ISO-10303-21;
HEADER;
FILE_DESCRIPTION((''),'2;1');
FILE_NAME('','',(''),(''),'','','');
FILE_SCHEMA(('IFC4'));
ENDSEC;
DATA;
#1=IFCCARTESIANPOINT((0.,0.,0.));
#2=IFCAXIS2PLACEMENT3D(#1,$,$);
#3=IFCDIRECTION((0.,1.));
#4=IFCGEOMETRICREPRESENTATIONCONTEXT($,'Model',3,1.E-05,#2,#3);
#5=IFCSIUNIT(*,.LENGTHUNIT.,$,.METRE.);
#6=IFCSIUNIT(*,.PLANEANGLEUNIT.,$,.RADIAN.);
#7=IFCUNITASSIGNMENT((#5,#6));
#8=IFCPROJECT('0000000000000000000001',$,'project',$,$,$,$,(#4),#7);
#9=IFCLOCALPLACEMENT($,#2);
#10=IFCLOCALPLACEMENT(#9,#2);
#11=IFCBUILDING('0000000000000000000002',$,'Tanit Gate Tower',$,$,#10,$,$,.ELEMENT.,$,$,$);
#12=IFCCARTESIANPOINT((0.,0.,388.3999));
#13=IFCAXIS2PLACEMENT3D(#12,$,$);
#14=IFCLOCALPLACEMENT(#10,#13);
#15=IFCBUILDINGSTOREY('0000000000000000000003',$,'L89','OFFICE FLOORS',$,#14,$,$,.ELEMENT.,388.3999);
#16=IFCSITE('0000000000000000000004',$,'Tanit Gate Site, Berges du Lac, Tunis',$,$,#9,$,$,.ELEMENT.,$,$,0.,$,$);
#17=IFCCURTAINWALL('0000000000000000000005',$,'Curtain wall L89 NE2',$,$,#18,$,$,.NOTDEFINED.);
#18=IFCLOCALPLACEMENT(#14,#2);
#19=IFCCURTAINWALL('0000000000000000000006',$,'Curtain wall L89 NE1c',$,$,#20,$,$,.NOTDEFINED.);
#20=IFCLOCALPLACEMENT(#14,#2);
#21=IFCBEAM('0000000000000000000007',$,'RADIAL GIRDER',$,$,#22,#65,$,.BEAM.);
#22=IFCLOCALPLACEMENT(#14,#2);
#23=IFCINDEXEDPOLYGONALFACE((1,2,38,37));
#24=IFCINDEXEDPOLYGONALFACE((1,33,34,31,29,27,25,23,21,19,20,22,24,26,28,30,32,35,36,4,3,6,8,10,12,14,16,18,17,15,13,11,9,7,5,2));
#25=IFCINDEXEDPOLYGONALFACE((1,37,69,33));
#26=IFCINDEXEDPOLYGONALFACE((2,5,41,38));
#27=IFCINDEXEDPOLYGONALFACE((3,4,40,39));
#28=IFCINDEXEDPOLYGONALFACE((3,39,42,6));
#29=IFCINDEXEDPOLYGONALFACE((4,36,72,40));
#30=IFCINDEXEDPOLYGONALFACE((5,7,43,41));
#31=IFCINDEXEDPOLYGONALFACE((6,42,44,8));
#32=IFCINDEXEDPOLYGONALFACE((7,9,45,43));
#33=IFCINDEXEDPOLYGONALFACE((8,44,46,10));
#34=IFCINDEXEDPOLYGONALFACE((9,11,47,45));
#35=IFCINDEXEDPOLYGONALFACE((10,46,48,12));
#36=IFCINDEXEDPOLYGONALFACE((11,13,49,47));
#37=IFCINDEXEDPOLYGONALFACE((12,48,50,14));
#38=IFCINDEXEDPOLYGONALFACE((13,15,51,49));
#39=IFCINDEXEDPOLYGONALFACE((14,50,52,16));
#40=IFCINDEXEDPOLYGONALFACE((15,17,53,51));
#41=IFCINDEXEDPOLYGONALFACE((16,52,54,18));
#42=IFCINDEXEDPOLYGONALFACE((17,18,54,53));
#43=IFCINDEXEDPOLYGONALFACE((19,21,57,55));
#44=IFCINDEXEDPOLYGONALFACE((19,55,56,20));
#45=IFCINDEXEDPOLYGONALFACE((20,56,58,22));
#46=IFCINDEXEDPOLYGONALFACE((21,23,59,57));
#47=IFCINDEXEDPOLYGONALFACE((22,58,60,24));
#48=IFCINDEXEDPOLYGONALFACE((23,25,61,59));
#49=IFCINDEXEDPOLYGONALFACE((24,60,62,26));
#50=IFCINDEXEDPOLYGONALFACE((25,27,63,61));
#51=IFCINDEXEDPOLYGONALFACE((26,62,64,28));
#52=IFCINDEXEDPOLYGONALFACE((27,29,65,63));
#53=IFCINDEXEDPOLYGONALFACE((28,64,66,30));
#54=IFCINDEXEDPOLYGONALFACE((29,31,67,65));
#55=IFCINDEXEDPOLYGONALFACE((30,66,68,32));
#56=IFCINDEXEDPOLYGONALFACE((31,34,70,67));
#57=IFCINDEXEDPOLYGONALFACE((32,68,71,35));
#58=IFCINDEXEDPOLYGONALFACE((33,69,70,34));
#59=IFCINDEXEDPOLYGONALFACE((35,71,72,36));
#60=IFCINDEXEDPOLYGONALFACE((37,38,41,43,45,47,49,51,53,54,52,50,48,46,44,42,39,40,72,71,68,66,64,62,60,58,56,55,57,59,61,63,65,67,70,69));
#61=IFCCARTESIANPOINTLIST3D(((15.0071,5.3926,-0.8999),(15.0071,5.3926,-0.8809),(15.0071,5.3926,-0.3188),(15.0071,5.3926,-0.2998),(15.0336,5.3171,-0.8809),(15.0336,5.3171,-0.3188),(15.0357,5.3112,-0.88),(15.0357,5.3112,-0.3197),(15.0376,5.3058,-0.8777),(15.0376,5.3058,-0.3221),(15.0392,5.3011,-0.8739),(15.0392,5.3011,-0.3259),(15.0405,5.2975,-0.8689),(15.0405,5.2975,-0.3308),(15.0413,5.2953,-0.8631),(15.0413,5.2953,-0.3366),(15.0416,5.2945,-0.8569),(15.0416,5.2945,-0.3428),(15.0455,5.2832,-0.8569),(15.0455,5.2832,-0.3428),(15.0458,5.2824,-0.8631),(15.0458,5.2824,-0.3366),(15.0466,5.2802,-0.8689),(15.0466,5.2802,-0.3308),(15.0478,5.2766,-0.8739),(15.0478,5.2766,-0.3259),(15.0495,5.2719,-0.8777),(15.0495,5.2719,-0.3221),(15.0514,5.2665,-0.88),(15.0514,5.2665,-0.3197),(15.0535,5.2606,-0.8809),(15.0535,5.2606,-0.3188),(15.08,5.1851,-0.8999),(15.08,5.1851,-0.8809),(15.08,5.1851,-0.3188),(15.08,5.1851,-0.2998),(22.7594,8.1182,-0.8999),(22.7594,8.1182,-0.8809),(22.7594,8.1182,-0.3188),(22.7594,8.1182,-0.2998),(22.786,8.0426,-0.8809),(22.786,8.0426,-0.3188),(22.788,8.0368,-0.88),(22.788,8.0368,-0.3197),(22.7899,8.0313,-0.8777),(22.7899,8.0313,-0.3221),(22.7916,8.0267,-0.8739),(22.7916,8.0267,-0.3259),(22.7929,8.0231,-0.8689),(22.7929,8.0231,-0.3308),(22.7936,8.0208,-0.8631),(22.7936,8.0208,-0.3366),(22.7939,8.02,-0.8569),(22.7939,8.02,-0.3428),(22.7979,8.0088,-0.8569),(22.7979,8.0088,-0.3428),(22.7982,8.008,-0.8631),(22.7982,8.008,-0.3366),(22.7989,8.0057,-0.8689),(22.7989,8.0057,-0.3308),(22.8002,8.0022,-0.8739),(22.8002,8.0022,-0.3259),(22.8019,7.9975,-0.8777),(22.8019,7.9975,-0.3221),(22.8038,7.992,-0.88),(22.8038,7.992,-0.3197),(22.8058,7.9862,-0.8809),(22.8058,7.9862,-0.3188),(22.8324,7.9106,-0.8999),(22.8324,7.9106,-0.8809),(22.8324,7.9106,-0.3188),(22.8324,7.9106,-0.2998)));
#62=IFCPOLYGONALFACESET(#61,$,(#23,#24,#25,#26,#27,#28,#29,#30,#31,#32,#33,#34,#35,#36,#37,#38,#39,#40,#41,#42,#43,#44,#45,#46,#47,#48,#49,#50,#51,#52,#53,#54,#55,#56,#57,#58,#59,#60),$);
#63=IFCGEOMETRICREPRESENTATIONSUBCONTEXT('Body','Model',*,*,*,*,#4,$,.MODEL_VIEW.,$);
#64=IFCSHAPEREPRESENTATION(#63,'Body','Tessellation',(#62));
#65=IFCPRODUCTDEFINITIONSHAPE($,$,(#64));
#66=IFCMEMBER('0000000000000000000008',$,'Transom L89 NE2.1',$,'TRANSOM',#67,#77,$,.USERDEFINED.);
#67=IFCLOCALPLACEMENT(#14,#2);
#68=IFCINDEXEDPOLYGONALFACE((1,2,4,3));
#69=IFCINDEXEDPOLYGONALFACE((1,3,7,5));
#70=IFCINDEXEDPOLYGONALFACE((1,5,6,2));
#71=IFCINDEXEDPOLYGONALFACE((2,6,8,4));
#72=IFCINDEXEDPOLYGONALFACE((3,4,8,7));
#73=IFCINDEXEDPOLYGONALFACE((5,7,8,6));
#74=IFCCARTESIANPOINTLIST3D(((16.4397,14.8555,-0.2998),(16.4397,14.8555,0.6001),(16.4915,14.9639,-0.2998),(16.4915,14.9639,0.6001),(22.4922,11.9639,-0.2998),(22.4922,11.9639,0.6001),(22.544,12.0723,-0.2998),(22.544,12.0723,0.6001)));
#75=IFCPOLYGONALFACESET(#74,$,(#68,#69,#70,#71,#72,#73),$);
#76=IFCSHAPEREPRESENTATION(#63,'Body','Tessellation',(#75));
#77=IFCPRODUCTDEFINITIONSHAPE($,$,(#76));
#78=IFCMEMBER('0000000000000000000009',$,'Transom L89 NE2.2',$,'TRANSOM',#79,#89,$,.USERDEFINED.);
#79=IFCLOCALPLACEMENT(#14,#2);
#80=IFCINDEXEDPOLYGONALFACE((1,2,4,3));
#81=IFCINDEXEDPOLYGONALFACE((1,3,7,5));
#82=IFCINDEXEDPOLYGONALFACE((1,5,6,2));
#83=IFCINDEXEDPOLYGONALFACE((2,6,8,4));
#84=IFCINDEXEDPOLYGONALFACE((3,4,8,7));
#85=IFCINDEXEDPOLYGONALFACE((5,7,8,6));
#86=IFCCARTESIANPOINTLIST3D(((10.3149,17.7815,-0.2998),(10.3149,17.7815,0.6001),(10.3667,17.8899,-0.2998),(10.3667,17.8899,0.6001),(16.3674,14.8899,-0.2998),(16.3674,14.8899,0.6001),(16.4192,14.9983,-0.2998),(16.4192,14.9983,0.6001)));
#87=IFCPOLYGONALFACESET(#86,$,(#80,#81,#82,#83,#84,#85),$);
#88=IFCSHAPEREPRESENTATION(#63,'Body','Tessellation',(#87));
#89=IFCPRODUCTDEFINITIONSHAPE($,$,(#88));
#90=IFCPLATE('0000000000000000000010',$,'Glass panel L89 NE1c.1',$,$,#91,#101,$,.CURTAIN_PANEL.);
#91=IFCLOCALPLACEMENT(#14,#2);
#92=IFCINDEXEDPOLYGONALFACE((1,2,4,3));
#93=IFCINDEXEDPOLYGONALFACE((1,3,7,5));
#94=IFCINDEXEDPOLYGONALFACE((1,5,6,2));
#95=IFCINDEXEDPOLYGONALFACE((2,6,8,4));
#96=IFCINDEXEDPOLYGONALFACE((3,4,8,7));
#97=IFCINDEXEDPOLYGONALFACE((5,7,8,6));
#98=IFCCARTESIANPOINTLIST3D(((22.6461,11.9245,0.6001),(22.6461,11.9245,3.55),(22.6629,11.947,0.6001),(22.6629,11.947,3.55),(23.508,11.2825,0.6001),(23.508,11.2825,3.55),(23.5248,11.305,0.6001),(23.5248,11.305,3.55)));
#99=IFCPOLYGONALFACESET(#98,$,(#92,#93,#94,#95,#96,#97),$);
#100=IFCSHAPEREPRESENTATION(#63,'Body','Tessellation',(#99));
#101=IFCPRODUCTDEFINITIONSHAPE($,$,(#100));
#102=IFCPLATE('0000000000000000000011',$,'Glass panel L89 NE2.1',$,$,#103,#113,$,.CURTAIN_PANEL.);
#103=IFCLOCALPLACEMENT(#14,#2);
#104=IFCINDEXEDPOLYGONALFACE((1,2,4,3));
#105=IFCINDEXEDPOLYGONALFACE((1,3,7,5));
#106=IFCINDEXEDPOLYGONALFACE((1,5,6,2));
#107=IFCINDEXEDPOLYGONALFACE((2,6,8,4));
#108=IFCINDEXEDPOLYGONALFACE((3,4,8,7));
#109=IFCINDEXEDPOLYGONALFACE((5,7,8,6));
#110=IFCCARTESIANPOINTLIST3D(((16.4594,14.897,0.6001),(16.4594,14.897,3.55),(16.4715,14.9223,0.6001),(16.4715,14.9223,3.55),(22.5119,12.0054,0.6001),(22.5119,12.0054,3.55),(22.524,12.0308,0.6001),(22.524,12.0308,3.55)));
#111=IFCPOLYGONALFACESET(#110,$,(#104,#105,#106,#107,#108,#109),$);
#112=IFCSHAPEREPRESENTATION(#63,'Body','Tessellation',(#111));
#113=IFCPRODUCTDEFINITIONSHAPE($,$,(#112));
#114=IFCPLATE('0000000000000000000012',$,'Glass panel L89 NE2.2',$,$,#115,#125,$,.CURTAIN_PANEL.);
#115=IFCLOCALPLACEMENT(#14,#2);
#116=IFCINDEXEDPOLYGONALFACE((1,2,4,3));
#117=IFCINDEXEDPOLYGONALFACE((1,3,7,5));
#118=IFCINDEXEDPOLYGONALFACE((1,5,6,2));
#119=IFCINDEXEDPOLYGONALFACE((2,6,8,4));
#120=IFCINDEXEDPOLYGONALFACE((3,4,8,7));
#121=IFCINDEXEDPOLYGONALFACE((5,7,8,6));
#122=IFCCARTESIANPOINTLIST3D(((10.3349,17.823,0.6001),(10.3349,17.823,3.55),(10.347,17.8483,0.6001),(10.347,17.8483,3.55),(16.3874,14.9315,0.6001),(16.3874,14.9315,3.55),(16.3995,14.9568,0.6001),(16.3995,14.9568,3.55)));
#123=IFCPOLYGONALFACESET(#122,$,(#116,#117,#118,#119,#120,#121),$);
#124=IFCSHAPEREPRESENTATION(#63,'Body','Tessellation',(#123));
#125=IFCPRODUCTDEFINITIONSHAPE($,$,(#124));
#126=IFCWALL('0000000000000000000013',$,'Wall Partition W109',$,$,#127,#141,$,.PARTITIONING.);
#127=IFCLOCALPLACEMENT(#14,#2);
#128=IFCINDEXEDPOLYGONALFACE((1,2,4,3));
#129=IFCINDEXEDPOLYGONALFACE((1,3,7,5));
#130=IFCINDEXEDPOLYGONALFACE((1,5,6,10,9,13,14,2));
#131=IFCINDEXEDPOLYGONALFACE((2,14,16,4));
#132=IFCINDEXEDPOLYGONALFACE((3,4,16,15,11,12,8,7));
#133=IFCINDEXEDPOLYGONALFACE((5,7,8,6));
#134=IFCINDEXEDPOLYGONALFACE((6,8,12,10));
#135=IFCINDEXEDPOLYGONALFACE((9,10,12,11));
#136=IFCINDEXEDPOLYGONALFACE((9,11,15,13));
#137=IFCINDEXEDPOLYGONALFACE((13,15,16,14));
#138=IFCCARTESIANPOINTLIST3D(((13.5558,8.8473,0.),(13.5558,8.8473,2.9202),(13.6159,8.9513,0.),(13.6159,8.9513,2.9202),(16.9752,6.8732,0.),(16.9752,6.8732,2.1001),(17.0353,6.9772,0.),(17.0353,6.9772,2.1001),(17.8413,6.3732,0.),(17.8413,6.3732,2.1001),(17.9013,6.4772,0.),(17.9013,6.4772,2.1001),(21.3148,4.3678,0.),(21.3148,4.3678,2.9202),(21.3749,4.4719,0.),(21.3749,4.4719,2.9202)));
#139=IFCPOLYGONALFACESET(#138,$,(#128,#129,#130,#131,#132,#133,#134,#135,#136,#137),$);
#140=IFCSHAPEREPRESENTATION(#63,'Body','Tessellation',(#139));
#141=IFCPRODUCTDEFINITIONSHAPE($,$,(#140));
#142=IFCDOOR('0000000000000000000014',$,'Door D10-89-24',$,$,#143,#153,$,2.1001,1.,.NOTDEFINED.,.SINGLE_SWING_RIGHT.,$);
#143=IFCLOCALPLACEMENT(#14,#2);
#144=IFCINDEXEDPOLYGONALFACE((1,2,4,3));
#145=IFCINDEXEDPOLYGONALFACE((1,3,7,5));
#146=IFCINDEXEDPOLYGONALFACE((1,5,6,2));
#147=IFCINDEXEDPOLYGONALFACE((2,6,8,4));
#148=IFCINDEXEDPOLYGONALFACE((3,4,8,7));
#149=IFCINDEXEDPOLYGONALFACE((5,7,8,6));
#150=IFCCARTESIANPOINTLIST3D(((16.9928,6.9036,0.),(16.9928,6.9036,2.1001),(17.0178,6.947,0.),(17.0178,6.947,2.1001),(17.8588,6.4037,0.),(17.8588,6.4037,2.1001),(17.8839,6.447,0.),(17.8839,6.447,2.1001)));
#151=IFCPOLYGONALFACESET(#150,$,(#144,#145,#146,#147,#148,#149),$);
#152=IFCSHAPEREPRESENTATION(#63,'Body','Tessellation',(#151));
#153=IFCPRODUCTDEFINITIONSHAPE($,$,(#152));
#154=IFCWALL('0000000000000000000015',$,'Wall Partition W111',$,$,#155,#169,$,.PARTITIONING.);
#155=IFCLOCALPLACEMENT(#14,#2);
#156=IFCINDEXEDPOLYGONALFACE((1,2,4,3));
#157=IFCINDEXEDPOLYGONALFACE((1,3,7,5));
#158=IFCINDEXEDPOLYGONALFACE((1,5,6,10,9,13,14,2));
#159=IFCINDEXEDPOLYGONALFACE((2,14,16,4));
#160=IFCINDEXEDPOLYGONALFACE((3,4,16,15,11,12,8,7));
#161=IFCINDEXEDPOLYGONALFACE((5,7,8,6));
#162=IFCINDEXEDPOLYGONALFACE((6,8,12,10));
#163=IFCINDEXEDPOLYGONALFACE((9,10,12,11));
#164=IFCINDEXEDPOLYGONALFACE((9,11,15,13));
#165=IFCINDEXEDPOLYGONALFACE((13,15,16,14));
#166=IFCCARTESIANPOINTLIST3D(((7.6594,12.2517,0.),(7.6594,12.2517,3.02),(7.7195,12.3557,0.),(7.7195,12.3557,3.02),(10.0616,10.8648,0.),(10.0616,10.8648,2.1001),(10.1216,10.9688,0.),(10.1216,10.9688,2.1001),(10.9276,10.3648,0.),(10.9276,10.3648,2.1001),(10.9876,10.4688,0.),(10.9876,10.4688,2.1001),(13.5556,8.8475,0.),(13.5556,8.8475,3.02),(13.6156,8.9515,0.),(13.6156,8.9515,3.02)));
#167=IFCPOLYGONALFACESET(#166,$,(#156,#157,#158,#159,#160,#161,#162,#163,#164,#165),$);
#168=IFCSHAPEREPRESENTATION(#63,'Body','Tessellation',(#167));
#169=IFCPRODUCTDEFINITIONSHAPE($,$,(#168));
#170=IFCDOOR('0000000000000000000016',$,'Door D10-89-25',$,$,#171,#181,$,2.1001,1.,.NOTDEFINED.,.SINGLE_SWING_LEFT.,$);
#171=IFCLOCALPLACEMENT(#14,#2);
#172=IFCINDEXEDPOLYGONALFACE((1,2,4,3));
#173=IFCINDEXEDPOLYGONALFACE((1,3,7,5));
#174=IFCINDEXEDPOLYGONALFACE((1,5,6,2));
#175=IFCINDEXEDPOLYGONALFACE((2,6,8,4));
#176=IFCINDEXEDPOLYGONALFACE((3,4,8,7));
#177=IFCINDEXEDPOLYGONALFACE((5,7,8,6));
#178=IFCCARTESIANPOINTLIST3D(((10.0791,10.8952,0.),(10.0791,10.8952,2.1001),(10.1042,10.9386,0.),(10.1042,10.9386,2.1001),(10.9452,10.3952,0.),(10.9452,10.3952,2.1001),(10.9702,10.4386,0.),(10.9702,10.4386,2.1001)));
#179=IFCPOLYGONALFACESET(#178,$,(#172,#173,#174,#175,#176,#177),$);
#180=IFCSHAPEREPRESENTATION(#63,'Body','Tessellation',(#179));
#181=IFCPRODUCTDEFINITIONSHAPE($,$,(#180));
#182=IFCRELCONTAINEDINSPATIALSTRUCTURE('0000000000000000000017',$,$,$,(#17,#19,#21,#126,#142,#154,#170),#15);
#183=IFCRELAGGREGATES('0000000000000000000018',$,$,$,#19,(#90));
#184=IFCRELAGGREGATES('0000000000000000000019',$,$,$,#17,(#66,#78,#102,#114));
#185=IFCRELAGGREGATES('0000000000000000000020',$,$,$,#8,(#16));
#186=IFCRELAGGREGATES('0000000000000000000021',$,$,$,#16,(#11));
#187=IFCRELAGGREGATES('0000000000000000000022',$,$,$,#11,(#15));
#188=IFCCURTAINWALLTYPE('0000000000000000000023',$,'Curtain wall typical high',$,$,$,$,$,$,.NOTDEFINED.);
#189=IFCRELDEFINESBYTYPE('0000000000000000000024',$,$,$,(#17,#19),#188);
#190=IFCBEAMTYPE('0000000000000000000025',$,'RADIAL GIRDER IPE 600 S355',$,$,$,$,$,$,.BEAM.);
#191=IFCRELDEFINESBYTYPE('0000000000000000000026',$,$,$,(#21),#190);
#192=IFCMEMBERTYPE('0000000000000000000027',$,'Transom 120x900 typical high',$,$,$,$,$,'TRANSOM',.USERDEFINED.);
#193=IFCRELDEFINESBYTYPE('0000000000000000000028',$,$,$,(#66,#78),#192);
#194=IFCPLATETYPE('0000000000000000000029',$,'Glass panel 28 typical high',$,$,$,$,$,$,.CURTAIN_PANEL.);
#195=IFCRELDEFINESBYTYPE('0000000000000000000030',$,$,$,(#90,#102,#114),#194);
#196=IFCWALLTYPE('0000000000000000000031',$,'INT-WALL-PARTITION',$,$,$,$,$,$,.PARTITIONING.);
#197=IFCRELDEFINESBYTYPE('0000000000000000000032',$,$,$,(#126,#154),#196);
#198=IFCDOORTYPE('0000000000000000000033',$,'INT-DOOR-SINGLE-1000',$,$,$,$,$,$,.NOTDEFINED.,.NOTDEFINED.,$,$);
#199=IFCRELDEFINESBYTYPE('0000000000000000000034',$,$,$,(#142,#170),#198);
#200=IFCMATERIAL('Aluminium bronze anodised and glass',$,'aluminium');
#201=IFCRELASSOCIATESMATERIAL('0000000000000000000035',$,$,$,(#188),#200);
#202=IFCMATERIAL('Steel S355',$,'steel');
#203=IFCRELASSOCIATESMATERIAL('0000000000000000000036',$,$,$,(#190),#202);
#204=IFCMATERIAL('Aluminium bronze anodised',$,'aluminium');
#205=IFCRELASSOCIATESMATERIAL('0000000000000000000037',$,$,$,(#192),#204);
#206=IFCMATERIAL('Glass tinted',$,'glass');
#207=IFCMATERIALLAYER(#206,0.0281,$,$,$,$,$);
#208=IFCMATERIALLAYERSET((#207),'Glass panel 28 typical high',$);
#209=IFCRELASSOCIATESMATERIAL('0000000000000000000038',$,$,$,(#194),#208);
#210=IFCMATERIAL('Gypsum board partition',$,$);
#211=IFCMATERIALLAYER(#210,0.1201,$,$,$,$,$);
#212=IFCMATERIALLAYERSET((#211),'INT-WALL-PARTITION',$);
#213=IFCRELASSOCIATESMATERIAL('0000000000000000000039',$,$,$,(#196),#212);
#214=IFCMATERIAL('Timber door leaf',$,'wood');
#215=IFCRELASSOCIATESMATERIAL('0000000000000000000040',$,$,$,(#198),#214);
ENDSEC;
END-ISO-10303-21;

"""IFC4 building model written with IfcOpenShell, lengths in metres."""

from ifc_helpers import new_model, si_unit, direction, frame, frame_2d, origin, origin_2d, place, context, subcontext, project, spatial, rectangle, i_section, extrude, material, layer, layer_set, material_profile, profile_set, type_object, element, fill, aggregate, save


model = new_model("IFC4")

# Units and contexts
model_context = context("Model", 3, precision=1e-05, world=origin(), true_north=direction((0.0, 1.0)))
body_context = subcontext(model_context, "Body", "Model", "MODEL_VIEW")
ifc_project = project(units=[si_unit("LENGTHUNIT", "METRE"), si_unit("PLANEANGLEUNIT", "RADIAN")], contexts=[model_context])

# Site, building, storey
site_placement = place(None, origin())
site = spatial("IfcSite", under=ifc_project, at=site_placement, Name="Tanit Gate Site, Berges du Lac, Tunis", CompositionType="ELEMENT", RefElevation=0.0)
building_placement = place(site_placement, origin())
building = spatial("IfcBuilding", under=site, at=building_placement, Name="Tanit Gate Tower", CompositionType="ELEMENT")
storey_placement = place(building_placement, frame((0.0, 0.0, 388.3999)))
storey = spatial("IfcBuildingStorey", under=building, at=storey_placement, Name="L89", Description="OFFICE FLOORS", CompositionType="ELEMENT", Elevation=388.3999)

# Curtain wall
ifc_material_1 = material(Name="Aluminium bronze anodised and glass", Category="aluminium")
curtain_wall_type = type_object("IfcCurtainWallType", Name="Curtain wall typical high", PredefinedType="NOTDEFINED", material=ifc_material_1)
curtain_wall_1_placement = place(storey_placement, origin())
curtain_wall_1 = element("IfcCurtainWall", 1, at=curtain_wall_1_placement, inside=storey, type_object=curtain_wall_type, Name="Curtain wall L89 NE2", PredefinedType="NOTDEFINED")

# Curtain wall
curtain_wall_2_placement = place(storey_placement, origin())
curtain_wall_2 = element("IfcCurtainWall", 2, at=curtain_wall_2_placement, inside=storey, type_object=curtain_wall_type, Name="Curtain wall L89 NE1c", PredefinedType="NOTDEFINED")

# Beam
ifc_material_2 = material(Name="Steel S355", Category="steel")
ifc_material_profile_1 = material_profile(ifc_material_2, i_section(OverallWidth=0.22, OverallDepth=0.6001, WebThickness=0.012, FlangeThickness=0.019, FilletRadius=0.0239, at=origin_2d()), Name="IPE 600")
ifc_profile_set_1 = profile_set([ifc_material_profile_1], Name="Steel S355")
beam_type_1 = type_object("IfcBeamType", Name="RADIAL GIRDER IPE 600 S355", PredefinedType="BEAM", material=ifc_profile_set_1)
beam_1_placement = place(storey_placement, frame((22.7959, 8.0144, -0.5999), z_axis=(-0.943393, -0.331676, 0.0), x_axis=(0.331676, -0.943393, 0.0)))
element("IfcBeam", 3, at=beam_1_placement, inside=storey, type_object=beam_type_1, Name="RADIAL GIRDER", PredefinedType="BEAM", context=body_context, shape_type="SweptSolid", body=[
    extrude(i_section(OverallWidth=0.22, OverallDepth=0.6001, WebThickness=0.012, FlangeThickness=0.019, FilletRadius=0.0239, at=origin_2d()), origin(), (0.0, 0.0, 1.0), 8.2175),
])

# Members
ifc_material_3 = material(Name="Aluminium bronze anodised", Category="aluminium")
ifc_material_profile_2 = material_profile(ifc_material_3, rectangle(XDim=0.1201, YDim=0.8999, at=origin_2d()), Name="120x900 bronze transom")
ifc_profile_set_2 = profile_set([ifc_material_profile_2], Name="Aluminium bronze anodised")
member_type_1 = type_object("IfcMemberType", Name="Transom 120x900 typical high", ElementType="TRANSOM", PredefinedType="USERDEFINED", material=ifc_profile_set_2)
member_1_placement = place(storey_placement, frame((22.5181, 12.0181, 0.1501), z_axis=(-0.902312, 0.431083, 0.0), x_axis=(-0.431083, -0.902312, 0.0)))
member_1 = element("IfcMember", 4, at=member_1_placement, type_object=member_type_1, Name="Transom L89 NE2.1", ObjectType="TRANSOM", PredefinedType="USERDEFINED", context=body_context, shape_type="SweptSolid", body=[
    extrude(rectangle(XDim=0.1201, YDim=0.8999, at=origin_2d()), origin(), (0.0, 0.0, 1.0), 6.7078),
])
member_2_placement = place(storey_placement, frame((16.3933, 14.9441, 0.1501), z_axis=(-0.902312, 0.431083, 0.0), x_axis=(-0.431083, -0.902312, 0.0)))
member_2 = element("IfcMember", 5, at=member_2_placement, type_object=member_type_1, Name="Transom L89 NE2.2", ObjectType="TRANSOM", PredefinedType="USERDEFINED", context=body_context, shape_type="SweptSolid", body=[
    extrude(rectangle(XDim=0.1201, YDim=0.8999, at=origin_2d()), origin(), (0.0, 0.0, 1.0), 6.7078),
])

# Plates
ifc_material_4 = material(Name="Glass tinted", Category="glass")
ifc_layer_1 = layer(ifc_material_4, 0.0281)
ifc_layer_set_1 = layer_set([ifc_layer_1], Name="Glass panel 28 typical high")
plate_type = type_object("IfcPlateType", Name="Glass panel 28 typical high", PredefinedType="CURTAIN_PANEL", material=ifc_layer_set_1)
plate_1_placement = place(storey_placement, frame((23.0854, 11.6147, 0.6001), z_axis=(0.0, 0.0, 1.0), x_axis=(-0.801988, 0.597341, 0.0)))
plate_1 = element("IfcPlate", 6, at=plate_1_placement, type_object=plate_type, Name="Glass panel L89 NE1c.1", PredefinedType="CURTAIN_PANEL", context=body_context, shape_type="SweptSolid", body=[
    extrude(rectangle(XDim=1.0747, YDim=0.0281, at=origin_2d()), origin(), (0.0, 0.0, 1.0), 2.95),
])
aggregate(curtain_wall_2, [plate_1])
plate_2_placement = place(storey_placement, frame((19.4917, 13.4639, 0.6001), z_axis=(0.0, 0.0, 1.0), x_axis=(-0.902317, 0.431073, 0.0)))
plate_2 = element("IfcPlate", 7, at=plate_2_placement, type_object=plate_type, Name="Glass panel L89 NE2.1", PredefinedType="CURTAIN_PANEL", context=body_context, shape_type="SweptSolid", body=[
    extrude(rectangle(XDim=6.7078, YDim=0.0281, at=origin_2d()), origin(), (0.0, 0.0, 1.0), 2.95),
])
plate_3_placement = place(storey_placement, frame((13.3672, 16.3899, 0.6001), z_axis=(0.0, 0.0, 1.0), x_axis=(-0.902317, 0.431073, 0.0)))
plate_3 = element("IfcPlate", 8, at=plate_3_placement, type_object=plate_type, Name="Glass panel L89 NE2.2", PredefinedType="CURTAIN_PANEL", context=body_context, shape_type="SweptSolid", body=[
    extrude(rectangle(XDim=6.7078, YDim=0.0281, at=origin_2d()), origin(), (0.0, 0.0, 1.0), 2.95),
])
aggregate(curtain_wall_1, [member_1, member_2, plate_2, plate_3])

# Walls, openings, doors
ifc_material_5 = material(Name="Gypsum board partition")
ifc_layer_2 = layer(ifc_material_5, 0.1201)
ifc_layer_set_2 = layer_set([ifc_layer_2], Name="INT-WALL-PARTITION")
wall_type_1 = type_object("IfcWallType", Name="INT-WALL-PARTITION", PredefinedType="PARTITIONING", material=ifc_layer_set_2)
wall_1_placement = place(storey_placement, frame((21.3447, 4.4199, 0.0), z_axis=(0.0, 0.0, 1.0), x_axis=(-0.866034, 0.499984, 0.0)))
wall_1 = element("IfcWall", 9, at=wall_1_placement, inside=storey, type_object=wall_type_1, Name="Wall Partition W109", PredefinedType="PARTITIONING", context=body_context, shape_type="SweptSolid", body=[
    extrude(rectangle(XDim=8.9592, YDim=0.1201, at=frame_2d((4.4795, 0.0))), origin(), (0.0, 0.0, 1.0), 2.9202),
])
opening_1_placement = place(wall_1_placement, frame((4.0107, 0.0, 0.0)))
opening_1 = element("IfcOpeningElement", 10, at=opening_1_placement, cuts=wall_1, PredefinedType="OPENING", context=body_context, shape_type="SweptSolid", body=[
    extrude(rectangle(XDim=1.0, YDim=2.1001, at=frame_2d((0.5, 1.05))), frame((0.0, 0.0701, 0.0), z_axis=(0.0, -1.0, 0.0), x_axis=(1.0, 0.0, 0.0)), (0.0, 0.0, 1.0), 0.1401),
])
ifc_material_6 = material(Name="Timber door leaf", Category="wood")
door_type_1 = type_object("IfcDoorType", Name="INT-DOOR-SINGLE-1000", OperationType="NOTDEFINED", PredefinedType="NOTDEFINED", material=ifc_material_6)
door_1_placement = place(opening_1_placement, origin())
door_1 = element("IfcDoor", 11, at=door_1_placement, inside=storey, type_object=door_type_1, Name="Door D10-89-24", OperationType="SINGLE_SWING_RIGHT", OverallHeight=2.1001, OverallWidth=1.0, PredefinedType="NOTDEFINED", context=body_context, shape_type="SweptSolid", body=[
    extrude(rectangle(XDim=1.0, YDim=2.1001, at=frame_2d((0.5, 1.05))), frame((0.0, 0.0249, 0.0), z_axis=(0.0, -1.0, 0.0), x_axis=(1.0, 0.0, 0.0)), (0.0, 0.0, 1.0), 0.05),
])
fill(opening_1, door_1)
wall_2_placement = place(storey_placement, frame((13.5857, 8.8994, 0.0), z_axis=(0.0, 0.0, 1.0), x_axis=(-0.866019, 0.500011, 0.0)))
wall_2 = element("IfcWall", 12, at=wall_2_placement, inside=storey, type_object=wall_type_1, Name="Wall Partition W111", PredefinedType="PARTITIONING", context=body_context, shape_type="SweptSolid", body=[
    extrude(rectangle(XDim=6.8083, YDim=0.1201, at=frame_2d((3.4043, 0.0))), origin(), (0.0, 0.0, 1.0), 3.02),
])
opening_2_placement = place(wall_2_placement, frame((3.0347, 0.0, 0.0)))
opening_2 = element("IfcOpeningElement", 13, at=opening_2_placement, cuts=wall_2, PredefinedType="OPENING", context=body_context, shape_type="SweptSolid", body=[
    extrude(rectangle(XDim=1.0, YDim=2.1001, at=frame_2d((0.5, 1.05))), frame((0.0, 0.0701, 0.0), z_axis=(0.0, -1.0, 0.0), x_axis=(1.0, 0.0, 0.0)), (0.0, 0.0, 1.0), 0.1401),
])
door_2_placement = place(opening_2_placement, origin())
door_2 = element("IfcDoor", 14, at=door_2_placement, inside=storey, type_object=door_type_1, Name="Door D10-89-25", OperationType="SINGLE_SWING_LEFT", OverallHeight=2.1001, OverallWidth=1.0, PredefinedType="NOTDEFINED", context=body_context, shape_type="SweptSolid", body=[
    extrude(rectangle(XDim=1.0, YDim=2.1001, at=frame_2d((0.5, 1.05))), frame((0.0, 0.0249, 0.0), z_axis=(0.0, -1.0, 0.0), x_axis=(1.0, 0.0, 0.0)), (0.0, 0.0, 1.0), 0.05),
])
fill(opening_2, door_2)

save(model, "model.ifc")
